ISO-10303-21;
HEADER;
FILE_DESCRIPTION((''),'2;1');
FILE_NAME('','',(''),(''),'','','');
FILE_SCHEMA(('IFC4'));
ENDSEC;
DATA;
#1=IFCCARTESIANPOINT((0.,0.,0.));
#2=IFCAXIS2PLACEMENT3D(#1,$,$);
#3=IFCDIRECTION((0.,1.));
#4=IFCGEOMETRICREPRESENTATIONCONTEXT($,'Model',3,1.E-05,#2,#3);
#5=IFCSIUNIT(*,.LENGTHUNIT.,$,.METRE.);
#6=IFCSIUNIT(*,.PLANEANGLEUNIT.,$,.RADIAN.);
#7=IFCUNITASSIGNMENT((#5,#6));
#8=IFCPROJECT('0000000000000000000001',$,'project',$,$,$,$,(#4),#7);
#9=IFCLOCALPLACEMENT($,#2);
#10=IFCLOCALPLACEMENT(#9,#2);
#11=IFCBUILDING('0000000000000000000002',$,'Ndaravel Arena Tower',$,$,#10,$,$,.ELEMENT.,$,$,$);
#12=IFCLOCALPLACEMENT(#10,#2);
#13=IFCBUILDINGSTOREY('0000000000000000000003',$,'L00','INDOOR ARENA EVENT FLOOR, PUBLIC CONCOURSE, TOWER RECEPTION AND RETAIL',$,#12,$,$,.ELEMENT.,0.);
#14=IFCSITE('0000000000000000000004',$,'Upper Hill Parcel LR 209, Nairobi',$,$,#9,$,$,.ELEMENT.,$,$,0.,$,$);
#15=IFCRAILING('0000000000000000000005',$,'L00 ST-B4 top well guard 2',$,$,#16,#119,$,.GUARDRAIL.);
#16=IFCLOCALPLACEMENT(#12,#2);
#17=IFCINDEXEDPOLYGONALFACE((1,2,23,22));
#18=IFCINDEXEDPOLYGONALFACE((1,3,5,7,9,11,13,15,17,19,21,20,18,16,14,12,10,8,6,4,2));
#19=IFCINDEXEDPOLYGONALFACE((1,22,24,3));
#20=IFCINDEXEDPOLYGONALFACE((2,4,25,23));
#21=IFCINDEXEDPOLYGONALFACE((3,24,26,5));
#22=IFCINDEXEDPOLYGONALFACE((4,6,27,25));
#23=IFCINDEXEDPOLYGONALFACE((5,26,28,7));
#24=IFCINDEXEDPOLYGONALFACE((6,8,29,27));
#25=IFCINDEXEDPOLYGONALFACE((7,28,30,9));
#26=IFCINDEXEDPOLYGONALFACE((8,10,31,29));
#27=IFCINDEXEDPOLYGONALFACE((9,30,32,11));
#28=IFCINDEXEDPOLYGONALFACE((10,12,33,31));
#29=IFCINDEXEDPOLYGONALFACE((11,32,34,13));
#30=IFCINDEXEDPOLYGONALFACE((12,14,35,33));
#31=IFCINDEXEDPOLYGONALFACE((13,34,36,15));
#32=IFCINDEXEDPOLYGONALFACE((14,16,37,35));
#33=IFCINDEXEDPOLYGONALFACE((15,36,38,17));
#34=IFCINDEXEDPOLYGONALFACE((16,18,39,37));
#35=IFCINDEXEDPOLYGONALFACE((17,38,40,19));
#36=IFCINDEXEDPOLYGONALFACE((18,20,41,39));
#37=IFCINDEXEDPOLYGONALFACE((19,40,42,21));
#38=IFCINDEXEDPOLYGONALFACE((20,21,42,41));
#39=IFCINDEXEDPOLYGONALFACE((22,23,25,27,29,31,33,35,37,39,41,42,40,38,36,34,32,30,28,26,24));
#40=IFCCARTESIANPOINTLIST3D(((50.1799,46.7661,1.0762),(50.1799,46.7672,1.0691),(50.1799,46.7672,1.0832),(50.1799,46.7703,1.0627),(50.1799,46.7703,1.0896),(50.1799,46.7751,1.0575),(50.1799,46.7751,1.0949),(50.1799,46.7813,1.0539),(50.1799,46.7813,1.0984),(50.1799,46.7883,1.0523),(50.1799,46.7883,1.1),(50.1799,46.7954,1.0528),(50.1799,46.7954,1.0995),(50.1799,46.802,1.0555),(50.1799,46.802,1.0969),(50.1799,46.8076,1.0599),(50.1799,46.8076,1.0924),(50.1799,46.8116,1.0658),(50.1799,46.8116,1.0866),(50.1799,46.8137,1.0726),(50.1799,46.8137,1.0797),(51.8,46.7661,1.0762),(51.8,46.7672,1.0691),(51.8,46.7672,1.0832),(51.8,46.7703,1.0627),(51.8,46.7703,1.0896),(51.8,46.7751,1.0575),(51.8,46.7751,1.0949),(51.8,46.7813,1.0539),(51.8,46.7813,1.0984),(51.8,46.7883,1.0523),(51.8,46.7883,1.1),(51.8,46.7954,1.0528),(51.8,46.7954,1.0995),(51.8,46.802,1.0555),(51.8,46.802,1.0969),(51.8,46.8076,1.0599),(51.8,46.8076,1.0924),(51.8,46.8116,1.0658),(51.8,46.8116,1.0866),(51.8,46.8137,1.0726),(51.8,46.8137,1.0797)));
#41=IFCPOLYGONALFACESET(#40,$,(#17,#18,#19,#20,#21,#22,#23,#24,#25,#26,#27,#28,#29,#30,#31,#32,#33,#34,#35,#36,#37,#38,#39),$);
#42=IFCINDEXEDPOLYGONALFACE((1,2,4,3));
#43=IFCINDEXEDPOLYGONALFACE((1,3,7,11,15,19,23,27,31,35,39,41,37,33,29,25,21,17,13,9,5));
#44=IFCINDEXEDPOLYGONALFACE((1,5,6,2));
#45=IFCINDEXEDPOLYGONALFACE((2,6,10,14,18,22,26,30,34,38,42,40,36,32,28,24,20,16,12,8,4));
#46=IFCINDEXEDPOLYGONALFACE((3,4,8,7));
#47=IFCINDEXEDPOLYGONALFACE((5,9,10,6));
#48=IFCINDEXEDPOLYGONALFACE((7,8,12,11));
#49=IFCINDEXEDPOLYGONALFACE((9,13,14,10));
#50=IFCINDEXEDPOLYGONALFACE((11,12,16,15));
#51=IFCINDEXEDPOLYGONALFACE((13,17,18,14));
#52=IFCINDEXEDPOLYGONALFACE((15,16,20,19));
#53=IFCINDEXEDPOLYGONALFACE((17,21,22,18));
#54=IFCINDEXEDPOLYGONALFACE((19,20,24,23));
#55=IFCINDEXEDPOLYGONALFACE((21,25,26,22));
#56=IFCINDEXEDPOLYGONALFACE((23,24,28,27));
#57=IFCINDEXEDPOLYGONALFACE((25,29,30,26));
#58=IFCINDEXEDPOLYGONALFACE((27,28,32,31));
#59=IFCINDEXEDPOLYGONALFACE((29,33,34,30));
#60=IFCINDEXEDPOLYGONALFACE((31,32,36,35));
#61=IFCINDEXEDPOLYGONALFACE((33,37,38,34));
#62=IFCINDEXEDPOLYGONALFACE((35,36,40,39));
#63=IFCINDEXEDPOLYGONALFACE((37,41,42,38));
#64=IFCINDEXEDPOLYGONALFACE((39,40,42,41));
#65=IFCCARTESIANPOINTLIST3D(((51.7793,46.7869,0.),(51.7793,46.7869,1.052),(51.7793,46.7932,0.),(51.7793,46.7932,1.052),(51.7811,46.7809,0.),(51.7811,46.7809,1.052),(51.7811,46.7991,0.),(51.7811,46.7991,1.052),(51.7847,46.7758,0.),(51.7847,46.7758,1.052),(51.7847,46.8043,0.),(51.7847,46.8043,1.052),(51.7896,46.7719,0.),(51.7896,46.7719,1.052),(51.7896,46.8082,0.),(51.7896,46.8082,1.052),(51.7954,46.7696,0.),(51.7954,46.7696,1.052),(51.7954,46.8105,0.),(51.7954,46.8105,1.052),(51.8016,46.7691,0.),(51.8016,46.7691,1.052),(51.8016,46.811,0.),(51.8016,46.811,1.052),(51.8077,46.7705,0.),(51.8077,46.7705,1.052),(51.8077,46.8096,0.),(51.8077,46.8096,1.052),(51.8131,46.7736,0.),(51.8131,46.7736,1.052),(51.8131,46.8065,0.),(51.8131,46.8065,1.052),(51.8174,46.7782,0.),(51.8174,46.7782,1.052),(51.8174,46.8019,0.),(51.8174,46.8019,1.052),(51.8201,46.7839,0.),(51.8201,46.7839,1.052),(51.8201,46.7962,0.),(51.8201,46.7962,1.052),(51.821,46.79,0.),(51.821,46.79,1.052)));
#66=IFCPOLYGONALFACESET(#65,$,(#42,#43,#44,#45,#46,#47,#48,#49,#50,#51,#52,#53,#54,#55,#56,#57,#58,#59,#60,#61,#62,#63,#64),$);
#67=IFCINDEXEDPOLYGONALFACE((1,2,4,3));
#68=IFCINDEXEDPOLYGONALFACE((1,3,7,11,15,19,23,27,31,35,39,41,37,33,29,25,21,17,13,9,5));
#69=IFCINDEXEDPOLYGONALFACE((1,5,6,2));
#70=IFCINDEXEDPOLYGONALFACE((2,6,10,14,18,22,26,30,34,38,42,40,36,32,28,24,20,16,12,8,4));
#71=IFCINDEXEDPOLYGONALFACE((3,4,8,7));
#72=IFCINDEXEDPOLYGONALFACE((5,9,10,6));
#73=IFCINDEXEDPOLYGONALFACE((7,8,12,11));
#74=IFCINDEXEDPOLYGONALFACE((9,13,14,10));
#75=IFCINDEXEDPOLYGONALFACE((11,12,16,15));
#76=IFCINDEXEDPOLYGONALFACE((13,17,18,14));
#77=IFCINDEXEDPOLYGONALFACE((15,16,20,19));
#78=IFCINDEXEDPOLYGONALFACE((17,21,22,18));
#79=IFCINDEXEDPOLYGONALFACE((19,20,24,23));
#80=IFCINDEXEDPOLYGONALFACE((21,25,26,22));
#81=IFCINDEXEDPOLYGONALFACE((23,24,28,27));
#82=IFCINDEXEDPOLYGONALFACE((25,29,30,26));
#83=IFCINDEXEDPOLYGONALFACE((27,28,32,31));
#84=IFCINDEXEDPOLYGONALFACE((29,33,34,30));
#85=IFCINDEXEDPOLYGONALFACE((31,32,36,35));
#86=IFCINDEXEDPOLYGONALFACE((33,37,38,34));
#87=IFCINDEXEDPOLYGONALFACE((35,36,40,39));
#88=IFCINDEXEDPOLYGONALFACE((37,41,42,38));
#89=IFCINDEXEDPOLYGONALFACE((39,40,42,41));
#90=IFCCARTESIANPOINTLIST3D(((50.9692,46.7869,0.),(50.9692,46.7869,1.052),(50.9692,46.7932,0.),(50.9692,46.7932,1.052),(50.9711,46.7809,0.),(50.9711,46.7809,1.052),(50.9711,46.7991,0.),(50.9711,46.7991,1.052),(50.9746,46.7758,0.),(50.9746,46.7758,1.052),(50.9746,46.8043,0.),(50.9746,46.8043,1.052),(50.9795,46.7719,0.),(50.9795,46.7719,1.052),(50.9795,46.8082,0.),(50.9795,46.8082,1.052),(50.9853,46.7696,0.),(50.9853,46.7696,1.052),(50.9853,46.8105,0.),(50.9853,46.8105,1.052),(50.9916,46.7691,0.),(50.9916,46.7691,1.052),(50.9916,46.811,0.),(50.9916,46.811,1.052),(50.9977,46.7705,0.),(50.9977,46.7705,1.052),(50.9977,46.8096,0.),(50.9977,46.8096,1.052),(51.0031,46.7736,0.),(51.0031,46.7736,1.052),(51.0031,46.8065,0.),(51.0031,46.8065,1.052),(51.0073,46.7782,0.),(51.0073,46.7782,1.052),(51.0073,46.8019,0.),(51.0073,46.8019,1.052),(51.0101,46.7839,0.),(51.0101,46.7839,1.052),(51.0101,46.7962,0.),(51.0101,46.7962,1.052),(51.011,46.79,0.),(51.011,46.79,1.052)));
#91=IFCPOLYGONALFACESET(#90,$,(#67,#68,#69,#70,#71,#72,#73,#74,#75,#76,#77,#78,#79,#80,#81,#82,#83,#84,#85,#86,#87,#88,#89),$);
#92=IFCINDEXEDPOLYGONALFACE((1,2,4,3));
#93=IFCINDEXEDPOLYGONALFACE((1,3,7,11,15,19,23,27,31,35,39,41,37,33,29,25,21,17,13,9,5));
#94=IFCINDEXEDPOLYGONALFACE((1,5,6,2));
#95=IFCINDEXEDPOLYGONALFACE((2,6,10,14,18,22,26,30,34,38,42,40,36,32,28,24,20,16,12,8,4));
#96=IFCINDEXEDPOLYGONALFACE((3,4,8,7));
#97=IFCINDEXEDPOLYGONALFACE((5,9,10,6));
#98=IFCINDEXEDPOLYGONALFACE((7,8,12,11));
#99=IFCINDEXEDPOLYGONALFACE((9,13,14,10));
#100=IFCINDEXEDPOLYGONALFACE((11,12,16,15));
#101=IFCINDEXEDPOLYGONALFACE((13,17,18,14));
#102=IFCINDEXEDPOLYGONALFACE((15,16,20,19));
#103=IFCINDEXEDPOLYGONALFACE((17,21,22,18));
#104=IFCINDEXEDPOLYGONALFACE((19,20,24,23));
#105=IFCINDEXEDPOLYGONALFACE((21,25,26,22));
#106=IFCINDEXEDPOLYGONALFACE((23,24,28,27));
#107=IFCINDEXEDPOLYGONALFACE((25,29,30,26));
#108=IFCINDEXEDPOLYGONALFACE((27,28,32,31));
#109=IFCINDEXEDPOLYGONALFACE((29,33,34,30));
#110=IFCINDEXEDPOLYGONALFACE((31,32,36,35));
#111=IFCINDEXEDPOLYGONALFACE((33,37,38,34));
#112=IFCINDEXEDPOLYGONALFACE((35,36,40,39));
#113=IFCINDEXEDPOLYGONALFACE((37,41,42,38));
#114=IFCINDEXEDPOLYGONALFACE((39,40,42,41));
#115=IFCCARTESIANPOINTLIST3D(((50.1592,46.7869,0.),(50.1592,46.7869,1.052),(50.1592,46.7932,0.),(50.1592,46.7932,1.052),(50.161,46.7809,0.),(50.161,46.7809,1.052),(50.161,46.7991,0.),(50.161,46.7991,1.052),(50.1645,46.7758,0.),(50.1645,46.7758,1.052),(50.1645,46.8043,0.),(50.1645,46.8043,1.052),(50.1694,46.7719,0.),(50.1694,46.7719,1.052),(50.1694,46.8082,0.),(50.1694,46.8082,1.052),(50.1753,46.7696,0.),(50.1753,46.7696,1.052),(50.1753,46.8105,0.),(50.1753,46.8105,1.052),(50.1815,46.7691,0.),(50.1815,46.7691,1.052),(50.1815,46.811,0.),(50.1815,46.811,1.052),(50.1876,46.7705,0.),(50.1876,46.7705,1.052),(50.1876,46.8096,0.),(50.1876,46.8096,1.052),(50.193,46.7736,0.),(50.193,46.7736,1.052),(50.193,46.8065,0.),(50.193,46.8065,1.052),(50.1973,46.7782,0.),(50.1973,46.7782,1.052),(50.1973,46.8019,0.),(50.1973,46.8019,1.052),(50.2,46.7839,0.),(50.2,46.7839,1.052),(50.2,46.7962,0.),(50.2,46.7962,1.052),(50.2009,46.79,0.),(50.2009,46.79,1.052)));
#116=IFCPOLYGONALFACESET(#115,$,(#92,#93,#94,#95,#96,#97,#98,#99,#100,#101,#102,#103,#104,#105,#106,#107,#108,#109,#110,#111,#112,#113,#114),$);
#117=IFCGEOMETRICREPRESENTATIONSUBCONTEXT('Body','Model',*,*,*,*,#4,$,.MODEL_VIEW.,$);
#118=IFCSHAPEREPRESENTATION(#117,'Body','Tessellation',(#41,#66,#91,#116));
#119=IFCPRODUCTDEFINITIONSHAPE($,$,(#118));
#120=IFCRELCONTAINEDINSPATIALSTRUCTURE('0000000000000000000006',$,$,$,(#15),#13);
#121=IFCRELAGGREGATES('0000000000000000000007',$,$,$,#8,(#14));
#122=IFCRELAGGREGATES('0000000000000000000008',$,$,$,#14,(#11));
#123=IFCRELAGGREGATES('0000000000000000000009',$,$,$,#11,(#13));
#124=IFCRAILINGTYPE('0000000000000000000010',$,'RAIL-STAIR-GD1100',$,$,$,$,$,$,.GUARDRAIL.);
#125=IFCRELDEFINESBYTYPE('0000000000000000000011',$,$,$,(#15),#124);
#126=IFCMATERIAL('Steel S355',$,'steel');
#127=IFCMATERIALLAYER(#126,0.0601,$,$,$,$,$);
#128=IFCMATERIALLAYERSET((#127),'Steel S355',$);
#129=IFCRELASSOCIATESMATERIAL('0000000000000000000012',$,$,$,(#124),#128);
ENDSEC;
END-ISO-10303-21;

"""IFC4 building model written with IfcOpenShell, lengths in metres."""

from ifc_helpers import new_model, si_unit, direction, frame, origin, origin_2d, place, context, subcontext, project, spatial, circle, extrude, material, layer, layer_set, type_object, element, save


model = new_model("IFC4")

# Units and contexts
model_context = context("Model", 3, precision=1e-05, world=origin(), true_north=direction((0.0, 1.0)))
body_context = subcontext(model_context, "Body", "Model", "MODEL_VIEW")
ifc_project = project(units=[si_unit("LENGTHUNIT", "METRE"), si_unit("PLANEANGLEUNIT", "RADIAN")], contexts=[model_context])

# Site, building, storey
site_placement = place(None, origin())
site = spatial("IfcSite", under=ifc_project, at=site_placement, Name="Upper Hill Parcel LR 209, Nairobi", CompositionType="ELEMENT", RefElevation=0.0)
building_placement = place(site_placement, origin())
building = spatial("IfcBuilding", under=site, at=building_placement, Name="Ndaravel Arena Tower", CompositionType="ELEMENT")
storey_placement = place(building_placement, origin())
storey = spatial("IfcBuildingStorey", under=building, at=storey_placement, Name="L00", Description="INDOOR ARENA EVENT FLOOR, PUBLIC CONCOURSE, TOWER RECEPTION AND RETAIL", CompositionType="ELEMENT", Elevation=0.0)

# Railing
ifc_material_1 = material(Name="Steel S355", Category="steel")
ifc_layer_1 = layer(ifc_material_1, 0.0601)
ifc_layer_set_1 = layer_set([ifc_layer_1], Name="Steel S355")
railing_type = type_object("IfcRailingType", Name="RAIL-STAIR-GD1100", PredefinedType="GUARDRAIL", material=ifc_layer_set_1)
for number, where, name in (
    (1, (51.8, 46.79, 0.0), "L00 ST-B4 top well guard 2"),
):
    element("IfcRailing", number, at=place(storey_placement, frame(where)), inside=storey, type_object=railing_type, Name=name, PredefinedType="GUARDRAIL", context=body_context, shape_type="SweptSolid", body=[
        extrude(circle(Radius=0.0239, at=origin_2d()), frame((0.0, 0.0, 1.0762), z_axis=(-1.0, 0.0, 0.0), x_axis=(0.0, -1.0, 0.0)), (0.0, 0.0, 1.0), 1.6201),
        extrude(circle(Radius=0.021, at=origin_2d()), origin(), (0.0, 0.0, 1.0), 1.052),
        extrude(circle(Radius=0.021, at=origin_2d()), frame((-0.8101, 0.0, 0.0)), (0.0, 0.0, 1.0), 1.052),
        extrude(circle(Radius=0.021, at=origin_2d()), frame((-1.6201, 0.0, 0.0)), (0.0, 0.0, 1.0), 1.052),
    ])

save(model, "model.ifc")
